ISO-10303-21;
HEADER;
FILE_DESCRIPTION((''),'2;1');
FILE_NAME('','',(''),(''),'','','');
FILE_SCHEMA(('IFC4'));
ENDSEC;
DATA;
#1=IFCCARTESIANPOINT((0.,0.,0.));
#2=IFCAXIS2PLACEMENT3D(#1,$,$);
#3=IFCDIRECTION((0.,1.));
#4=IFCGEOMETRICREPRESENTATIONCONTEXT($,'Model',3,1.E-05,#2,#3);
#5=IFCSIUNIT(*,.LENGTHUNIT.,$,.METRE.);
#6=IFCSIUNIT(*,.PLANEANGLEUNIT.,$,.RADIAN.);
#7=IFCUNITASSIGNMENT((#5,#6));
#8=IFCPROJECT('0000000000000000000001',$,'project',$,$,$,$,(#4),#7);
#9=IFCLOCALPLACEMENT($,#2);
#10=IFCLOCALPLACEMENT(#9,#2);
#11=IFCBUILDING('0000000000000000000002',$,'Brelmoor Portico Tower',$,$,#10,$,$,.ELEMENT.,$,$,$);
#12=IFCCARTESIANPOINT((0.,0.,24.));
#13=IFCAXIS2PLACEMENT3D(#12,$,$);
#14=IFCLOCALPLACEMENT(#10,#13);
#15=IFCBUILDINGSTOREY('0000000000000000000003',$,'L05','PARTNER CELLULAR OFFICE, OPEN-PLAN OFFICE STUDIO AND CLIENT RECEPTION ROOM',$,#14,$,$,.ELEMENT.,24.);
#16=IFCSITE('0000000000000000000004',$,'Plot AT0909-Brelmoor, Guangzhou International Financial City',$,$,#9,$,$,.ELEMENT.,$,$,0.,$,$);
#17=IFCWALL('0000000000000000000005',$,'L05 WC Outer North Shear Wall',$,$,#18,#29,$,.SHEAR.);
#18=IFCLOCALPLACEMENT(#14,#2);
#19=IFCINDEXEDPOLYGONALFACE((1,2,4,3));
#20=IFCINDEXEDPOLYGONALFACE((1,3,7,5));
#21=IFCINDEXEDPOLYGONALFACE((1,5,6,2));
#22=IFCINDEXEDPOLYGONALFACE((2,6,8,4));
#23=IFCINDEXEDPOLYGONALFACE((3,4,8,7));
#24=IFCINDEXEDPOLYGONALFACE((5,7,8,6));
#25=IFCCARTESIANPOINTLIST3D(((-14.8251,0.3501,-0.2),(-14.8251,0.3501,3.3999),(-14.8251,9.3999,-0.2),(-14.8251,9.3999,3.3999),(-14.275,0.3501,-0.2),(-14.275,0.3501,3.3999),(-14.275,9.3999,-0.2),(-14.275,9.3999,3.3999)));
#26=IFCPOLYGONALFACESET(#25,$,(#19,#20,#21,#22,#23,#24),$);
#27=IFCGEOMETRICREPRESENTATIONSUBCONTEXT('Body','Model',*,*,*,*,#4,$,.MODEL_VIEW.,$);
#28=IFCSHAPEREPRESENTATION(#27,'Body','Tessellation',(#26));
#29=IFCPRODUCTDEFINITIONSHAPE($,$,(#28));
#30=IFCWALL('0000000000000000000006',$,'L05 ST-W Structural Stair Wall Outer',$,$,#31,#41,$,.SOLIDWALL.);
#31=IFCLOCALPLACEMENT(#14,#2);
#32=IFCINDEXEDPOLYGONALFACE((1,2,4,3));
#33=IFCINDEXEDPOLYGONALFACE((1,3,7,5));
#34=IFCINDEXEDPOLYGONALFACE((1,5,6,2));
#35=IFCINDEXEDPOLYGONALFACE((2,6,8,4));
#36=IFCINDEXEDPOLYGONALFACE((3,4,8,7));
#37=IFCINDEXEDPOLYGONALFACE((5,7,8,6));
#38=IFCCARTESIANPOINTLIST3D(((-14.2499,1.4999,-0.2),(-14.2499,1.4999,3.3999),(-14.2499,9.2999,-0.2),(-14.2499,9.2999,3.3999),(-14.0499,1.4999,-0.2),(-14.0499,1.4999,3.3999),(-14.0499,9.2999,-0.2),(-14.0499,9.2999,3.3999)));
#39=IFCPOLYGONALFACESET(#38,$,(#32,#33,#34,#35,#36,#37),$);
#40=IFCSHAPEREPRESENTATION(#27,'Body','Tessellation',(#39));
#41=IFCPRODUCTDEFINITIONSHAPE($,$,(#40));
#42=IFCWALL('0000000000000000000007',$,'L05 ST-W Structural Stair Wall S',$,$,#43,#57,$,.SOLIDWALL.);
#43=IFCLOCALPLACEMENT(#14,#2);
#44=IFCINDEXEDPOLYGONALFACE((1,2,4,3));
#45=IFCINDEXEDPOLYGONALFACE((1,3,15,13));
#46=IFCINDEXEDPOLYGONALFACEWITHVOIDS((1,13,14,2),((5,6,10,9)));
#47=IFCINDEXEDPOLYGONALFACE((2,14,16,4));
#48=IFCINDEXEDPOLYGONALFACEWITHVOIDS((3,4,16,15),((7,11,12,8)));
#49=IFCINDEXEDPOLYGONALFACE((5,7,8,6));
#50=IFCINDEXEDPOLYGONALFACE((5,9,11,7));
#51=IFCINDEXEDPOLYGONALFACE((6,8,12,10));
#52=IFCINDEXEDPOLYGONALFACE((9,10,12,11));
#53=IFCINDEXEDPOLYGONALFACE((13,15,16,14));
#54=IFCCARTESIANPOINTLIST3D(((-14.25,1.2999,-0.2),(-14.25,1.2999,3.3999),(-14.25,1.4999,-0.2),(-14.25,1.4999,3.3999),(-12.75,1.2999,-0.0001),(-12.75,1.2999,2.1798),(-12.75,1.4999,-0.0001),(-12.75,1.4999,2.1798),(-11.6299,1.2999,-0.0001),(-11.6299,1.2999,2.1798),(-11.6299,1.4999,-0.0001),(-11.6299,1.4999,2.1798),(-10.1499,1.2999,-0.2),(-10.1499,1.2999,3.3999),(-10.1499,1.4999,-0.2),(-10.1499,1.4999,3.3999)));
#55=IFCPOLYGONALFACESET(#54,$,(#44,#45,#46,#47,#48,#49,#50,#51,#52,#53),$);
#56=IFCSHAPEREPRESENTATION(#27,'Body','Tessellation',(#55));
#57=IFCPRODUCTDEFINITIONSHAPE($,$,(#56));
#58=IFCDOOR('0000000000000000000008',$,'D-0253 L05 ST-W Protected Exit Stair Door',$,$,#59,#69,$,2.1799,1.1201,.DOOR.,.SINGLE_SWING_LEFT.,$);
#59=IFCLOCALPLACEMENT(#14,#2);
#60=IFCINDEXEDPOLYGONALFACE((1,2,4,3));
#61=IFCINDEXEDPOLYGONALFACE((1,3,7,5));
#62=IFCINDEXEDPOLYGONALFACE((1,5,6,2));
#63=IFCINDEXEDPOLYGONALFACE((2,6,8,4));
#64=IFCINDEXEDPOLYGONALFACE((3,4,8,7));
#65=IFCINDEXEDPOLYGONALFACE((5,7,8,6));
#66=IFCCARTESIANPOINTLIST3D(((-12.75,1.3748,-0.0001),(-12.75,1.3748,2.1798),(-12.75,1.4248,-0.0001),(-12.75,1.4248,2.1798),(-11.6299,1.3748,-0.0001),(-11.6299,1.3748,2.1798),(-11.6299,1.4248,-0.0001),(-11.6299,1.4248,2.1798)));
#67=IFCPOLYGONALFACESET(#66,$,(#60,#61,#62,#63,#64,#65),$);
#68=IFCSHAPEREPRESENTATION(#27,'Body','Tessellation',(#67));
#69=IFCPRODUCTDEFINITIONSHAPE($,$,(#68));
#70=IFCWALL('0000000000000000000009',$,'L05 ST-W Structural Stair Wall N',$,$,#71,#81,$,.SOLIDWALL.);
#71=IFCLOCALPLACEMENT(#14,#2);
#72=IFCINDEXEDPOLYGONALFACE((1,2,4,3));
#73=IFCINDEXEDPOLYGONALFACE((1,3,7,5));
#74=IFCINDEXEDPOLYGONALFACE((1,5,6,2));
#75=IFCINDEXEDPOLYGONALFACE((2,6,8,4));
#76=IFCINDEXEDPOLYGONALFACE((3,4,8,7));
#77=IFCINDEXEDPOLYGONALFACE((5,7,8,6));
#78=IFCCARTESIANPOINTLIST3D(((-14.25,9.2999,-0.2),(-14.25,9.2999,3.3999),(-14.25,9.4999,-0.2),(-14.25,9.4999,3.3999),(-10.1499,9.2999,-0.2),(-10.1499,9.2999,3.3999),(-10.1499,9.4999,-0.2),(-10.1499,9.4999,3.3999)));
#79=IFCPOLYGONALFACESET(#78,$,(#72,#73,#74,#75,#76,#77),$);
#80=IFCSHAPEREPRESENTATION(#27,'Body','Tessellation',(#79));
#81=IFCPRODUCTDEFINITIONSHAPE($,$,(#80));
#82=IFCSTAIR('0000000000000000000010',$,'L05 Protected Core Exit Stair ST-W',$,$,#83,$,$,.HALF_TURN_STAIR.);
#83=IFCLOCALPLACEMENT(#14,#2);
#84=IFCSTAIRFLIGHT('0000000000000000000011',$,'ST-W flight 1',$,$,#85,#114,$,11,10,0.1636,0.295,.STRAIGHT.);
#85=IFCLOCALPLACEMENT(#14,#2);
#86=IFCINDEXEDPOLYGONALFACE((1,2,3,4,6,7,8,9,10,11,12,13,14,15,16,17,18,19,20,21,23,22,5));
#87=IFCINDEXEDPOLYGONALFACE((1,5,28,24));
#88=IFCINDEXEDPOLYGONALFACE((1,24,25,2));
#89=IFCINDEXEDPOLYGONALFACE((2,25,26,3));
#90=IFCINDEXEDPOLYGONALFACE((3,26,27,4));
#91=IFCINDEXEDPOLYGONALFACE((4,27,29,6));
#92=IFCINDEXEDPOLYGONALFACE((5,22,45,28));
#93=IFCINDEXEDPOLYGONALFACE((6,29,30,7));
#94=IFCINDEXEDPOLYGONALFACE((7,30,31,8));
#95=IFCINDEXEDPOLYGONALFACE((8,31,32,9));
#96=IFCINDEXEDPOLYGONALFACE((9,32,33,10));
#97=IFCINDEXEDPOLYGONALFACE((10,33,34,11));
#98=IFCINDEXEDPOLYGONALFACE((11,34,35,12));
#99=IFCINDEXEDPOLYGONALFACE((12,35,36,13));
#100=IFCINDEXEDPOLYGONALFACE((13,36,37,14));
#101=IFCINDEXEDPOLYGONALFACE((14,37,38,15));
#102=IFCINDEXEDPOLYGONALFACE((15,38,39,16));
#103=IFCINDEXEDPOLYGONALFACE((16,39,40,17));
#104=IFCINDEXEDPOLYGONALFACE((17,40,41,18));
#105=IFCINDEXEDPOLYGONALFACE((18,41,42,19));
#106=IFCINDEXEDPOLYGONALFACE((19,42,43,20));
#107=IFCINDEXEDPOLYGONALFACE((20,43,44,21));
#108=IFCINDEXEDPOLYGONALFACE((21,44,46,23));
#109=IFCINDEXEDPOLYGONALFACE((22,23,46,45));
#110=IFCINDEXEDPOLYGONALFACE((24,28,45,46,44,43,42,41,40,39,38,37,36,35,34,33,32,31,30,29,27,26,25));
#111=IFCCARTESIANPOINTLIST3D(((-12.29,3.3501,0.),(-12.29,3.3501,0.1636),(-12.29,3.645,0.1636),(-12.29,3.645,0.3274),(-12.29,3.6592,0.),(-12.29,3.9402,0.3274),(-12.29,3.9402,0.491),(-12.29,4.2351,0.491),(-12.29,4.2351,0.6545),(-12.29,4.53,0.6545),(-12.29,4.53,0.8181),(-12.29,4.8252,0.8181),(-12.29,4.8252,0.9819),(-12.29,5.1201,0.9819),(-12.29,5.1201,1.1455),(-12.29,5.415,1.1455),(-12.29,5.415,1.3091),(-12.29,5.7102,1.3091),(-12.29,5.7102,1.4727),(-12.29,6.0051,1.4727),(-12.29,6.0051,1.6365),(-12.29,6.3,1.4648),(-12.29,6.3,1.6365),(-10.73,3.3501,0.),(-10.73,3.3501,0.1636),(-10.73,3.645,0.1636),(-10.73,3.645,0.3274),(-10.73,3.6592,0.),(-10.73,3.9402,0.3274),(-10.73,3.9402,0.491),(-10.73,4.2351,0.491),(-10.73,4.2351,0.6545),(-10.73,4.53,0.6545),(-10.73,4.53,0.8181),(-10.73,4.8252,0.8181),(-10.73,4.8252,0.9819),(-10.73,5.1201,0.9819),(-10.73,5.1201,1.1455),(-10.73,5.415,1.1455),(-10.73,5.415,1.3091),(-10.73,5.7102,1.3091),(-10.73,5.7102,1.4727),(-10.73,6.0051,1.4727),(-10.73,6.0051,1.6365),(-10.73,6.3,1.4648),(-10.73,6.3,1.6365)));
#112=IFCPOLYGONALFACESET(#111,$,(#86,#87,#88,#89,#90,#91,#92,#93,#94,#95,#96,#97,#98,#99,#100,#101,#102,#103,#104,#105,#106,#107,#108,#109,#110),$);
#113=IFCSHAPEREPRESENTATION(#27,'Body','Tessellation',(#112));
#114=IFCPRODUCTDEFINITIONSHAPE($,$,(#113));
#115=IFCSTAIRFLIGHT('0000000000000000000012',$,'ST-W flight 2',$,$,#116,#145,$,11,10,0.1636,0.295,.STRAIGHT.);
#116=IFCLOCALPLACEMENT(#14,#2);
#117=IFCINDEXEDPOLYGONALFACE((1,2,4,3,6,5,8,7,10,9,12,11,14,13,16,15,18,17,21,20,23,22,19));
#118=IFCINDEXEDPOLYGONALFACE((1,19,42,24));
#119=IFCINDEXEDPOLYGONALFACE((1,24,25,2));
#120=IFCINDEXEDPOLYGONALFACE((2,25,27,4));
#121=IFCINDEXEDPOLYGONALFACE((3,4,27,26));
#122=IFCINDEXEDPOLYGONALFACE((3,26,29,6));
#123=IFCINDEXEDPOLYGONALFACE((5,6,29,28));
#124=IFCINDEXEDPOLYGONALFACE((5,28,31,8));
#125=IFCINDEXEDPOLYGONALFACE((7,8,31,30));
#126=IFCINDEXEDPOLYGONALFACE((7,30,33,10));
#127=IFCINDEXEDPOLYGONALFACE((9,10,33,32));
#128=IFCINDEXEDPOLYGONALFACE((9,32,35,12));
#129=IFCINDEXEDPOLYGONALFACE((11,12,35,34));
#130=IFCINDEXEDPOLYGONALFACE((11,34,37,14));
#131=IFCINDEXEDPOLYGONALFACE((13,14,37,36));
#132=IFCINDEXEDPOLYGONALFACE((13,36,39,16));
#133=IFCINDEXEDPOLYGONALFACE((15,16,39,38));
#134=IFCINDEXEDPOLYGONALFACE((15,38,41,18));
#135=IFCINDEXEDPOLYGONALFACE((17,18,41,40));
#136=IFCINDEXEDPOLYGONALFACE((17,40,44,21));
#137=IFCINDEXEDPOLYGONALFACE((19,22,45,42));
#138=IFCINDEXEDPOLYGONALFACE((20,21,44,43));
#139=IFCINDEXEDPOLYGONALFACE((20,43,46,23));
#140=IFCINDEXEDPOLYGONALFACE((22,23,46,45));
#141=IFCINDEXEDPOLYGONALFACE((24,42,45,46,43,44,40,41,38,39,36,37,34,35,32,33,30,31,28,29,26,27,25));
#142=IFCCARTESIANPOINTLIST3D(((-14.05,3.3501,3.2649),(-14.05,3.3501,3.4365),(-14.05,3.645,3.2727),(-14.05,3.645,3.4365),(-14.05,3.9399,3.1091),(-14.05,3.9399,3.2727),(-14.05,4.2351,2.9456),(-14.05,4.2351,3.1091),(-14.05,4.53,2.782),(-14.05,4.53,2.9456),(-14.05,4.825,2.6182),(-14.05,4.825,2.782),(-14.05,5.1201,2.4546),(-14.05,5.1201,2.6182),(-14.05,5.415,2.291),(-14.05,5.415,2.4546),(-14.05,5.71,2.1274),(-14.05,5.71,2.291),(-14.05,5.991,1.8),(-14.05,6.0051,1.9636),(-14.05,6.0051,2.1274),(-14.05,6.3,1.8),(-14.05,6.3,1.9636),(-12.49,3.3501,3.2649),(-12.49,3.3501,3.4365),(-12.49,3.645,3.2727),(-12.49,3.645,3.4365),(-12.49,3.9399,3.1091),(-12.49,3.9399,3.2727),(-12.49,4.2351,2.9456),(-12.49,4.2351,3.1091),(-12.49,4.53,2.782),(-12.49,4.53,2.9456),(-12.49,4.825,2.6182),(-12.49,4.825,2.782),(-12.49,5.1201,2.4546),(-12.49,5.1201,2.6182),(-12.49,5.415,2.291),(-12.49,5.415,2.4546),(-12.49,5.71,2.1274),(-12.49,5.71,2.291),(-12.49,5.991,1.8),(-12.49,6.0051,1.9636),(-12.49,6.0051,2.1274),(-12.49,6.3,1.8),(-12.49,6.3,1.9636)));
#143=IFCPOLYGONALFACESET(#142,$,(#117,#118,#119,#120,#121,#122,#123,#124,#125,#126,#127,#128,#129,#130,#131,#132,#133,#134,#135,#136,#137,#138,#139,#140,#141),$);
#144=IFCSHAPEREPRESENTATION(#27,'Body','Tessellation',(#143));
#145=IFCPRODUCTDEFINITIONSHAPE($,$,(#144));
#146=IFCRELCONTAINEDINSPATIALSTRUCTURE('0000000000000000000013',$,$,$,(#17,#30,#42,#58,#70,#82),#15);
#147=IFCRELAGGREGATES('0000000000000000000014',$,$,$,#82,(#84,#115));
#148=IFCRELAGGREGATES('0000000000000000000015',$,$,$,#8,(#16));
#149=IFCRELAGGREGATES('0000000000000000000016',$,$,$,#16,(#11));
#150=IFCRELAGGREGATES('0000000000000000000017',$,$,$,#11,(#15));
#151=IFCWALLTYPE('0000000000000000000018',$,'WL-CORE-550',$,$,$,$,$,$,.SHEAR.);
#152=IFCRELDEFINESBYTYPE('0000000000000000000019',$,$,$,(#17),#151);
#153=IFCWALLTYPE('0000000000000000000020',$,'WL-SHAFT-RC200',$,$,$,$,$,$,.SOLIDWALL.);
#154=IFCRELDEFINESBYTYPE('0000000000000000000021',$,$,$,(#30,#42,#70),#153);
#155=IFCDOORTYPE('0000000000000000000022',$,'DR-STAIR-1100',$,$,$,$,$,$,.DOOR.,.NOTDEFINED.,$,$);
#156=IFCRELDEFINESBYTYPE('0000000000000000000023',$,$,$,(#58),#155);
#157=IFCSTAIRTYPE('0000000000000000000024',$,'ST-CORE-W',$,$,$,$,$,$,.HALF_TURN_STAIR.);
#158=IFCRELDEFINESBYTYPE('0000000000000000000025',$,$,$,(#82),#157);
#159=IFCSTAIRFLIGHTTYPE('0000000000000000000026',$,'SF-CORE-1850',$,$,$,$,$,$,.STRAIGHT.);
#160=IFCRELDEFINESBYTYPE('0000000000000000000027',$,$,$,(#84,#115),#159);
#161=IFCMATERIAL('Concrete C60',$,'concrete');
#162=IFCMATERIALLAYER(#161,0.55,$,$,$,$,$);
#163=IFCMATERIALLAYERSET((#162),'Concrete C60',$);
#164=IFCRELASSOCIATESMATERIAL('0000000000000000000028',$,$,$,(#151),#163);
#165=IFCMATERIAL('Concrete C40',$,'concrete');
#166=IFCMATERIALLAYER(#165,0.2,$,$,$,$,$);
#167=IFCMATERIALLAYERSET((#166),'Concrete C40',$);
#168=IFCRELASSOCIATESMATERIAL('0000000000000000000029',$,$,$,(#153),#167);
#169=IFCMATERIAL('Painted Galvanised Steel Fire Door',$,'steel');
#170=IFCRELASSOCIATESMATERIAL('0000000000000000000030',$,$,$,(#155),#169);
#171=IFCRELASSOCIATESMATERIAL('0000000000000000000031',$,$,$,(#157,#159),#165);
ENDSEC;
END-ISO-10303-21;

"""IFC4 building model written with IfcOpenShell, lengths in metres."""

from ifc_helpers import new_model, si_unit, direction, frame, frame_2d, origin, place, context, subcontext, project, spatial, polyline, rectangle, outline, extrude, material, layer, layer_set, type_object, element, fill, aggregate, save


model = new_model("IFC4")

# Units and contexts
model_context = context("Model", 3, precision=1e-05, world=origin(), true_north=direction((0.0, 1.0)))
body_context = subcontext(model_context, "Body", "Model", "MODEL_VIEW")
ifc_project = project(units=[si_unit("LENGTHUNIT", "METRE"), si_unit("PLANEANGLEUNIT", "RADIAN")], contexts=[model_context])

# Site, building, storey
site_placement = place(None, origin())
site = spatial("IfcSite", under=ifc_project, at=site_placement, Name="Plot AT0909-Brelmoor, Guangzhou International Financial City", CompositionType="ELEMENT", RefElevation=0.0)
building_placement = place(site_placement, origin())
building = spatial("IfcBuilding", under=site, at=building_placement, Name="Brelmoor Portico Tower", CompositionType="ELEMENT")
storey_placement = place(building_placement, frame((0.0, 0.0, 24.0)))
storey = spatial("IfcBuildingStorey", under=building, at=storey_placement, Name="L05", Description="PARTNER CELLULAR OFFICE, OPEN-PLAN OFFICE STUDIO AND CLIENT RECEPTION ROOM", CompositionType="ELEMENT", Elevation=24.0)

# Walls
ifc_material_1 = material(Name="Concrete C60", Category="concrete")
ifc_layer_1 = layer(ifc_material_1, 0.55)
ifc_layer_set_1 = layer_set([ifc_layer_1], Name="Concrete C60")
wall_type_1 = type_object("IfcWallType", Name="WL-CORE-550", PredefinedType="SHEAR", material=ifc_layer_set_1)
wall_1_placement = place(storey_placement, frame((-14.55, 0.3501, -0.2), z_axis=(0.0, 0.0, 1.0), x_axis=(0.0, 1.0, 0.0)))
element("IfcWall", 1, at=wall_1_placement, inside=storey, type_object=wall_type_1, Name="L05 WC Outer North Shear Wall", PredefinedType="SHEAR", context=body_context, shape_type="SweptSolid", body=[
    extrude(rectangle(XDim=9.0498, YDim=0.55, at=frame_2d((4.5249, 0.0))), origin(), (0.0, 0.0, 1.0), 3.5999),
])
ifc_material_2 = material(Name="Concrete C40", Category="concrete")
ifc_layer_2 = layer(ifc_material_2, 0.2)
ifc_layer_set_2 = layer_set([ifc_layer_2], Name="Concrete C40")
wall_type_2 = type_object("IfcWallType", Name="WL-SHAFT-RC200", PredefinedType="SOLIDWALL", material=ifc_layer_set_2)
wall_2_placement = place(storey_placement, frame((-14.1499, 1.5, -0.2), z_axis=(0.0, 0.0, 1.0), x_axis=(0.0, 1.0, 0.0)))
element("IfcWall", 2, at=wall_2_placement, inside=storey, type_object=wall_type_2, Name="L05 ST-W Structural Stair Wall Outer", PredefinedType="SOLIDWALL", context=body_context, shape_type="SweptSolid", body=[
    extrude(rectangle(XDim=7.8, YDim=0.2, at=frame_2d((3.8999, 0.0))), origin(), (0.0, 0.0, 1.0), 3.5999),
])

# Wall, opening, door
wall_3_placement = place(storey_placement, frame((-14.25, 1.3999, -0.2), z_axis=(0.0, 0.0, 1.0), x_axis=(1.0, 0.0, 0.0)))
wall_3 = element("IfcWall", 3, at=wall_3_placement, inside=storey, type_object=wall_type_2, Name="L05 ST-W Structural Stair Wall S", PredefinedType="SOLIDWALL", context=body_context, shape_type="SweptSolid", body=[
    extrude(rectangle(XDim=4.1001, YDim=0.2, at=frame_2d((2.05, 0.0))), origin(), (0.0, 0.0, 1.0), 3.5999),
])
opening_placement = place(wall_3_placement, frame((1.5, 0.0, 0.2)))
opening = element("IfcOpeningElement", 4, at=opening_placement, cuts=wall_3, PredefinedType="OPENING", context=body_context, shape_type="SweptSolid", body=[
    extrude(rectangle(XDim=1.1201, YDim=2.1799, at=frame_2d((0.5601, 1.0898))), frame((0.0, 0.1099, 0.0), z_axis=(0.0, -1.0, 0.0), x_axis=(1.0, 0.0, 0.0)), (0.0, 0.0, 1.0), 0.22),
])
ifc_material_3 = material(Name="Painted Galvanised Steel Fire Door", Category="steel")
door_type = type_object("IfcDoorType", Name="DR-STAIR-1100", OperationType="NOTDEFINED", PredefinedType="DOOR", material=ifc_material_3)
door_placement = place(opening_placement, origin())
door = element("IfcDoor", 5, at=door_placement, inside=storey, type_object=door_type, Name="D-0253 L05 ST-W Protected Exit Stair Door", OperationType="SINGLE_SWING_LEFT", OverallHeight=2.1799, OverallWidth=1.1201, PredefinedType="DOOR", context=body_context, shape_type="SweptSolid", body=[
    extrude(rectangle(XDim=1.1201, YDim=2.1799, at=frame_2d((0.5601, 1.0898))), frame((0.0, 0.0249, 0.0), z_axis=(0.0, -1.0, 0.0), x_axis=(1.0, 0.0, 0.0)), (0.0, 0.0, 1.0), 0.05),
])
fill(opening, door)

# Wall
wall_4_placement = place(storey_placement, frame((-14.25, 9.3999, -0.2), z_axis=(0.0, 0.0, 1.0), x_axis=(1.0, 0.0, 0.0)))
element("IfcWall", 6, at=wall_4_placement, inside=storey, type_object=wall_type_2, Name="L05 ST-W Structural Stair Wall N", PredefinedType="SOLIDWALL", context=body_context, shape_type="SweptSolid", body=[
    extrude(rectangle(XDim=4.1001, YDim=0.2, at=frame_2d((2.05, 0.0))), origin(), (0.0, 0.0, 1.0), 3.5999),
])

# Stair, stair flights
stair_type = type_object("IfcStairType", Name="ST-CORE-W", PredefinedType="HALF_TURN_STAIR", material=ifc_material_2)
stair_placement = place(storey_placement, origin())
stair = element("IfcStair", 7, at=stair_placement, inside=storey, type_object=stair_type, Name="L05 Protected Core Exit Stair ST-W", PredefinedType="HALF_TURN_STAIR")
stair_flight_type = type_object("IfcStairFlightType", Name="SF-CORE-1850", PredefinedType="STRAIGHT", material=ifc_material_2)
stair_flight_1_placement = place(storey_placement, frame((-11.51, 3.3501, 0.0), z_axis=(0.0, 0.0, 1.0), x_axis=(0.0, 1.0, 0.0)))
stair_flight_1 = element("IfcStairFlight", 8, at=stair_flight_1_placement, type_object=stair_flight_type, Name="ST-W flight 1", NumberOfRisers=11, NumberOfTreads=10, PredefinedType="STRAIGHT", RiserHeight=0.1636, TreadLength=0.295, context=body_context, shape_type="SweptSolid", body=[
    extrude(outline(polyline([(0.0, 0.0), (0.0, 0.1636), (0.2949, 0.1636), (0.2949, 0.3274), (0.5901, 0.3274), (0.5901, 0.491), (0.885, 0.491), (0.885, 0.6545), (1.1799, 0.6545), (1.1799, 0.8181), (1.4751, 0.8181), (1.4751, 0.9819), (1.77, 0.9819), (1.77, 1.1455), (2.0649, 1.1455), (2.0649, 1.3091), (2.3601, 1.3091), (2.3601, 1.4727), (2.655, 1.4727), (2.655, 1.6365), (2.95, 1.6365), (2.95, 1.8), (2.95, 1.4648), (0.3091, 0.0), (0.0, 0.0)])), frame((0.0, 0.78, 0.0), z_axis=(0.0, -1.0, 0.0), x_axis=(1.0, 0.0, 0.0)), (0.0, 0.0, 1.0), 1.5601),
])
stair_flight_2_placement = place(storey_placement, frame((-13.27, 6.3, 1.8), z_axis=(0.0, 0.0, 1.0), x_axis=(0.0, -1.0, 0.0)))
stair_flight_2 = element("IfcStairFlight", 9, at=stair_flight_2_placement, type_object=stair_flight_type, Name="ST-W flight 2", NumberOfRisers=11, NumberOfTreads=10, PredefinedType="STRAIGHT", RiserHeight=0.1636, TreadLength=0.295, context=body_context, shape_type="SweptSolid", body=[
    extrude(outline(polyline([(0.0, 0.0), (0.0, 0.1636), (0.2949, 0.1636), (0.2949, 0.3274), (0.5901, 0.3274), (0.5901, 0.491), (0.885, 0.491), (0.885, 0.6545), (1.1799, 0.6545), (1.1799, 0.8181), (1.4751, 0.8181), (1.4751, 0.9819), (1.77, 0.9819), (1.77, 1.1455), (2.0649, 1.1455), (2.0649, 1.3091), (2.3601, 1.3091), (2.3601, 1.4727), (2.655, 1.4727), (2.655, 1.6365), (2.95, 1.6365), (2.95, 1.8), (2.95, 1.4648), (0.3091, 0.0), (0.0, 0.0)])), frame((0.0, 0.78, 0.0), z_axis=(0.0, -1.0, 0.0), x_axis=(1.0, 0.0, 0.0)), (0.0, 0.0, 1.0), 1.5601),
])
aggregate(stair, [stair_flight_1, stair_flight_2])

save(model, "model.ifc")
